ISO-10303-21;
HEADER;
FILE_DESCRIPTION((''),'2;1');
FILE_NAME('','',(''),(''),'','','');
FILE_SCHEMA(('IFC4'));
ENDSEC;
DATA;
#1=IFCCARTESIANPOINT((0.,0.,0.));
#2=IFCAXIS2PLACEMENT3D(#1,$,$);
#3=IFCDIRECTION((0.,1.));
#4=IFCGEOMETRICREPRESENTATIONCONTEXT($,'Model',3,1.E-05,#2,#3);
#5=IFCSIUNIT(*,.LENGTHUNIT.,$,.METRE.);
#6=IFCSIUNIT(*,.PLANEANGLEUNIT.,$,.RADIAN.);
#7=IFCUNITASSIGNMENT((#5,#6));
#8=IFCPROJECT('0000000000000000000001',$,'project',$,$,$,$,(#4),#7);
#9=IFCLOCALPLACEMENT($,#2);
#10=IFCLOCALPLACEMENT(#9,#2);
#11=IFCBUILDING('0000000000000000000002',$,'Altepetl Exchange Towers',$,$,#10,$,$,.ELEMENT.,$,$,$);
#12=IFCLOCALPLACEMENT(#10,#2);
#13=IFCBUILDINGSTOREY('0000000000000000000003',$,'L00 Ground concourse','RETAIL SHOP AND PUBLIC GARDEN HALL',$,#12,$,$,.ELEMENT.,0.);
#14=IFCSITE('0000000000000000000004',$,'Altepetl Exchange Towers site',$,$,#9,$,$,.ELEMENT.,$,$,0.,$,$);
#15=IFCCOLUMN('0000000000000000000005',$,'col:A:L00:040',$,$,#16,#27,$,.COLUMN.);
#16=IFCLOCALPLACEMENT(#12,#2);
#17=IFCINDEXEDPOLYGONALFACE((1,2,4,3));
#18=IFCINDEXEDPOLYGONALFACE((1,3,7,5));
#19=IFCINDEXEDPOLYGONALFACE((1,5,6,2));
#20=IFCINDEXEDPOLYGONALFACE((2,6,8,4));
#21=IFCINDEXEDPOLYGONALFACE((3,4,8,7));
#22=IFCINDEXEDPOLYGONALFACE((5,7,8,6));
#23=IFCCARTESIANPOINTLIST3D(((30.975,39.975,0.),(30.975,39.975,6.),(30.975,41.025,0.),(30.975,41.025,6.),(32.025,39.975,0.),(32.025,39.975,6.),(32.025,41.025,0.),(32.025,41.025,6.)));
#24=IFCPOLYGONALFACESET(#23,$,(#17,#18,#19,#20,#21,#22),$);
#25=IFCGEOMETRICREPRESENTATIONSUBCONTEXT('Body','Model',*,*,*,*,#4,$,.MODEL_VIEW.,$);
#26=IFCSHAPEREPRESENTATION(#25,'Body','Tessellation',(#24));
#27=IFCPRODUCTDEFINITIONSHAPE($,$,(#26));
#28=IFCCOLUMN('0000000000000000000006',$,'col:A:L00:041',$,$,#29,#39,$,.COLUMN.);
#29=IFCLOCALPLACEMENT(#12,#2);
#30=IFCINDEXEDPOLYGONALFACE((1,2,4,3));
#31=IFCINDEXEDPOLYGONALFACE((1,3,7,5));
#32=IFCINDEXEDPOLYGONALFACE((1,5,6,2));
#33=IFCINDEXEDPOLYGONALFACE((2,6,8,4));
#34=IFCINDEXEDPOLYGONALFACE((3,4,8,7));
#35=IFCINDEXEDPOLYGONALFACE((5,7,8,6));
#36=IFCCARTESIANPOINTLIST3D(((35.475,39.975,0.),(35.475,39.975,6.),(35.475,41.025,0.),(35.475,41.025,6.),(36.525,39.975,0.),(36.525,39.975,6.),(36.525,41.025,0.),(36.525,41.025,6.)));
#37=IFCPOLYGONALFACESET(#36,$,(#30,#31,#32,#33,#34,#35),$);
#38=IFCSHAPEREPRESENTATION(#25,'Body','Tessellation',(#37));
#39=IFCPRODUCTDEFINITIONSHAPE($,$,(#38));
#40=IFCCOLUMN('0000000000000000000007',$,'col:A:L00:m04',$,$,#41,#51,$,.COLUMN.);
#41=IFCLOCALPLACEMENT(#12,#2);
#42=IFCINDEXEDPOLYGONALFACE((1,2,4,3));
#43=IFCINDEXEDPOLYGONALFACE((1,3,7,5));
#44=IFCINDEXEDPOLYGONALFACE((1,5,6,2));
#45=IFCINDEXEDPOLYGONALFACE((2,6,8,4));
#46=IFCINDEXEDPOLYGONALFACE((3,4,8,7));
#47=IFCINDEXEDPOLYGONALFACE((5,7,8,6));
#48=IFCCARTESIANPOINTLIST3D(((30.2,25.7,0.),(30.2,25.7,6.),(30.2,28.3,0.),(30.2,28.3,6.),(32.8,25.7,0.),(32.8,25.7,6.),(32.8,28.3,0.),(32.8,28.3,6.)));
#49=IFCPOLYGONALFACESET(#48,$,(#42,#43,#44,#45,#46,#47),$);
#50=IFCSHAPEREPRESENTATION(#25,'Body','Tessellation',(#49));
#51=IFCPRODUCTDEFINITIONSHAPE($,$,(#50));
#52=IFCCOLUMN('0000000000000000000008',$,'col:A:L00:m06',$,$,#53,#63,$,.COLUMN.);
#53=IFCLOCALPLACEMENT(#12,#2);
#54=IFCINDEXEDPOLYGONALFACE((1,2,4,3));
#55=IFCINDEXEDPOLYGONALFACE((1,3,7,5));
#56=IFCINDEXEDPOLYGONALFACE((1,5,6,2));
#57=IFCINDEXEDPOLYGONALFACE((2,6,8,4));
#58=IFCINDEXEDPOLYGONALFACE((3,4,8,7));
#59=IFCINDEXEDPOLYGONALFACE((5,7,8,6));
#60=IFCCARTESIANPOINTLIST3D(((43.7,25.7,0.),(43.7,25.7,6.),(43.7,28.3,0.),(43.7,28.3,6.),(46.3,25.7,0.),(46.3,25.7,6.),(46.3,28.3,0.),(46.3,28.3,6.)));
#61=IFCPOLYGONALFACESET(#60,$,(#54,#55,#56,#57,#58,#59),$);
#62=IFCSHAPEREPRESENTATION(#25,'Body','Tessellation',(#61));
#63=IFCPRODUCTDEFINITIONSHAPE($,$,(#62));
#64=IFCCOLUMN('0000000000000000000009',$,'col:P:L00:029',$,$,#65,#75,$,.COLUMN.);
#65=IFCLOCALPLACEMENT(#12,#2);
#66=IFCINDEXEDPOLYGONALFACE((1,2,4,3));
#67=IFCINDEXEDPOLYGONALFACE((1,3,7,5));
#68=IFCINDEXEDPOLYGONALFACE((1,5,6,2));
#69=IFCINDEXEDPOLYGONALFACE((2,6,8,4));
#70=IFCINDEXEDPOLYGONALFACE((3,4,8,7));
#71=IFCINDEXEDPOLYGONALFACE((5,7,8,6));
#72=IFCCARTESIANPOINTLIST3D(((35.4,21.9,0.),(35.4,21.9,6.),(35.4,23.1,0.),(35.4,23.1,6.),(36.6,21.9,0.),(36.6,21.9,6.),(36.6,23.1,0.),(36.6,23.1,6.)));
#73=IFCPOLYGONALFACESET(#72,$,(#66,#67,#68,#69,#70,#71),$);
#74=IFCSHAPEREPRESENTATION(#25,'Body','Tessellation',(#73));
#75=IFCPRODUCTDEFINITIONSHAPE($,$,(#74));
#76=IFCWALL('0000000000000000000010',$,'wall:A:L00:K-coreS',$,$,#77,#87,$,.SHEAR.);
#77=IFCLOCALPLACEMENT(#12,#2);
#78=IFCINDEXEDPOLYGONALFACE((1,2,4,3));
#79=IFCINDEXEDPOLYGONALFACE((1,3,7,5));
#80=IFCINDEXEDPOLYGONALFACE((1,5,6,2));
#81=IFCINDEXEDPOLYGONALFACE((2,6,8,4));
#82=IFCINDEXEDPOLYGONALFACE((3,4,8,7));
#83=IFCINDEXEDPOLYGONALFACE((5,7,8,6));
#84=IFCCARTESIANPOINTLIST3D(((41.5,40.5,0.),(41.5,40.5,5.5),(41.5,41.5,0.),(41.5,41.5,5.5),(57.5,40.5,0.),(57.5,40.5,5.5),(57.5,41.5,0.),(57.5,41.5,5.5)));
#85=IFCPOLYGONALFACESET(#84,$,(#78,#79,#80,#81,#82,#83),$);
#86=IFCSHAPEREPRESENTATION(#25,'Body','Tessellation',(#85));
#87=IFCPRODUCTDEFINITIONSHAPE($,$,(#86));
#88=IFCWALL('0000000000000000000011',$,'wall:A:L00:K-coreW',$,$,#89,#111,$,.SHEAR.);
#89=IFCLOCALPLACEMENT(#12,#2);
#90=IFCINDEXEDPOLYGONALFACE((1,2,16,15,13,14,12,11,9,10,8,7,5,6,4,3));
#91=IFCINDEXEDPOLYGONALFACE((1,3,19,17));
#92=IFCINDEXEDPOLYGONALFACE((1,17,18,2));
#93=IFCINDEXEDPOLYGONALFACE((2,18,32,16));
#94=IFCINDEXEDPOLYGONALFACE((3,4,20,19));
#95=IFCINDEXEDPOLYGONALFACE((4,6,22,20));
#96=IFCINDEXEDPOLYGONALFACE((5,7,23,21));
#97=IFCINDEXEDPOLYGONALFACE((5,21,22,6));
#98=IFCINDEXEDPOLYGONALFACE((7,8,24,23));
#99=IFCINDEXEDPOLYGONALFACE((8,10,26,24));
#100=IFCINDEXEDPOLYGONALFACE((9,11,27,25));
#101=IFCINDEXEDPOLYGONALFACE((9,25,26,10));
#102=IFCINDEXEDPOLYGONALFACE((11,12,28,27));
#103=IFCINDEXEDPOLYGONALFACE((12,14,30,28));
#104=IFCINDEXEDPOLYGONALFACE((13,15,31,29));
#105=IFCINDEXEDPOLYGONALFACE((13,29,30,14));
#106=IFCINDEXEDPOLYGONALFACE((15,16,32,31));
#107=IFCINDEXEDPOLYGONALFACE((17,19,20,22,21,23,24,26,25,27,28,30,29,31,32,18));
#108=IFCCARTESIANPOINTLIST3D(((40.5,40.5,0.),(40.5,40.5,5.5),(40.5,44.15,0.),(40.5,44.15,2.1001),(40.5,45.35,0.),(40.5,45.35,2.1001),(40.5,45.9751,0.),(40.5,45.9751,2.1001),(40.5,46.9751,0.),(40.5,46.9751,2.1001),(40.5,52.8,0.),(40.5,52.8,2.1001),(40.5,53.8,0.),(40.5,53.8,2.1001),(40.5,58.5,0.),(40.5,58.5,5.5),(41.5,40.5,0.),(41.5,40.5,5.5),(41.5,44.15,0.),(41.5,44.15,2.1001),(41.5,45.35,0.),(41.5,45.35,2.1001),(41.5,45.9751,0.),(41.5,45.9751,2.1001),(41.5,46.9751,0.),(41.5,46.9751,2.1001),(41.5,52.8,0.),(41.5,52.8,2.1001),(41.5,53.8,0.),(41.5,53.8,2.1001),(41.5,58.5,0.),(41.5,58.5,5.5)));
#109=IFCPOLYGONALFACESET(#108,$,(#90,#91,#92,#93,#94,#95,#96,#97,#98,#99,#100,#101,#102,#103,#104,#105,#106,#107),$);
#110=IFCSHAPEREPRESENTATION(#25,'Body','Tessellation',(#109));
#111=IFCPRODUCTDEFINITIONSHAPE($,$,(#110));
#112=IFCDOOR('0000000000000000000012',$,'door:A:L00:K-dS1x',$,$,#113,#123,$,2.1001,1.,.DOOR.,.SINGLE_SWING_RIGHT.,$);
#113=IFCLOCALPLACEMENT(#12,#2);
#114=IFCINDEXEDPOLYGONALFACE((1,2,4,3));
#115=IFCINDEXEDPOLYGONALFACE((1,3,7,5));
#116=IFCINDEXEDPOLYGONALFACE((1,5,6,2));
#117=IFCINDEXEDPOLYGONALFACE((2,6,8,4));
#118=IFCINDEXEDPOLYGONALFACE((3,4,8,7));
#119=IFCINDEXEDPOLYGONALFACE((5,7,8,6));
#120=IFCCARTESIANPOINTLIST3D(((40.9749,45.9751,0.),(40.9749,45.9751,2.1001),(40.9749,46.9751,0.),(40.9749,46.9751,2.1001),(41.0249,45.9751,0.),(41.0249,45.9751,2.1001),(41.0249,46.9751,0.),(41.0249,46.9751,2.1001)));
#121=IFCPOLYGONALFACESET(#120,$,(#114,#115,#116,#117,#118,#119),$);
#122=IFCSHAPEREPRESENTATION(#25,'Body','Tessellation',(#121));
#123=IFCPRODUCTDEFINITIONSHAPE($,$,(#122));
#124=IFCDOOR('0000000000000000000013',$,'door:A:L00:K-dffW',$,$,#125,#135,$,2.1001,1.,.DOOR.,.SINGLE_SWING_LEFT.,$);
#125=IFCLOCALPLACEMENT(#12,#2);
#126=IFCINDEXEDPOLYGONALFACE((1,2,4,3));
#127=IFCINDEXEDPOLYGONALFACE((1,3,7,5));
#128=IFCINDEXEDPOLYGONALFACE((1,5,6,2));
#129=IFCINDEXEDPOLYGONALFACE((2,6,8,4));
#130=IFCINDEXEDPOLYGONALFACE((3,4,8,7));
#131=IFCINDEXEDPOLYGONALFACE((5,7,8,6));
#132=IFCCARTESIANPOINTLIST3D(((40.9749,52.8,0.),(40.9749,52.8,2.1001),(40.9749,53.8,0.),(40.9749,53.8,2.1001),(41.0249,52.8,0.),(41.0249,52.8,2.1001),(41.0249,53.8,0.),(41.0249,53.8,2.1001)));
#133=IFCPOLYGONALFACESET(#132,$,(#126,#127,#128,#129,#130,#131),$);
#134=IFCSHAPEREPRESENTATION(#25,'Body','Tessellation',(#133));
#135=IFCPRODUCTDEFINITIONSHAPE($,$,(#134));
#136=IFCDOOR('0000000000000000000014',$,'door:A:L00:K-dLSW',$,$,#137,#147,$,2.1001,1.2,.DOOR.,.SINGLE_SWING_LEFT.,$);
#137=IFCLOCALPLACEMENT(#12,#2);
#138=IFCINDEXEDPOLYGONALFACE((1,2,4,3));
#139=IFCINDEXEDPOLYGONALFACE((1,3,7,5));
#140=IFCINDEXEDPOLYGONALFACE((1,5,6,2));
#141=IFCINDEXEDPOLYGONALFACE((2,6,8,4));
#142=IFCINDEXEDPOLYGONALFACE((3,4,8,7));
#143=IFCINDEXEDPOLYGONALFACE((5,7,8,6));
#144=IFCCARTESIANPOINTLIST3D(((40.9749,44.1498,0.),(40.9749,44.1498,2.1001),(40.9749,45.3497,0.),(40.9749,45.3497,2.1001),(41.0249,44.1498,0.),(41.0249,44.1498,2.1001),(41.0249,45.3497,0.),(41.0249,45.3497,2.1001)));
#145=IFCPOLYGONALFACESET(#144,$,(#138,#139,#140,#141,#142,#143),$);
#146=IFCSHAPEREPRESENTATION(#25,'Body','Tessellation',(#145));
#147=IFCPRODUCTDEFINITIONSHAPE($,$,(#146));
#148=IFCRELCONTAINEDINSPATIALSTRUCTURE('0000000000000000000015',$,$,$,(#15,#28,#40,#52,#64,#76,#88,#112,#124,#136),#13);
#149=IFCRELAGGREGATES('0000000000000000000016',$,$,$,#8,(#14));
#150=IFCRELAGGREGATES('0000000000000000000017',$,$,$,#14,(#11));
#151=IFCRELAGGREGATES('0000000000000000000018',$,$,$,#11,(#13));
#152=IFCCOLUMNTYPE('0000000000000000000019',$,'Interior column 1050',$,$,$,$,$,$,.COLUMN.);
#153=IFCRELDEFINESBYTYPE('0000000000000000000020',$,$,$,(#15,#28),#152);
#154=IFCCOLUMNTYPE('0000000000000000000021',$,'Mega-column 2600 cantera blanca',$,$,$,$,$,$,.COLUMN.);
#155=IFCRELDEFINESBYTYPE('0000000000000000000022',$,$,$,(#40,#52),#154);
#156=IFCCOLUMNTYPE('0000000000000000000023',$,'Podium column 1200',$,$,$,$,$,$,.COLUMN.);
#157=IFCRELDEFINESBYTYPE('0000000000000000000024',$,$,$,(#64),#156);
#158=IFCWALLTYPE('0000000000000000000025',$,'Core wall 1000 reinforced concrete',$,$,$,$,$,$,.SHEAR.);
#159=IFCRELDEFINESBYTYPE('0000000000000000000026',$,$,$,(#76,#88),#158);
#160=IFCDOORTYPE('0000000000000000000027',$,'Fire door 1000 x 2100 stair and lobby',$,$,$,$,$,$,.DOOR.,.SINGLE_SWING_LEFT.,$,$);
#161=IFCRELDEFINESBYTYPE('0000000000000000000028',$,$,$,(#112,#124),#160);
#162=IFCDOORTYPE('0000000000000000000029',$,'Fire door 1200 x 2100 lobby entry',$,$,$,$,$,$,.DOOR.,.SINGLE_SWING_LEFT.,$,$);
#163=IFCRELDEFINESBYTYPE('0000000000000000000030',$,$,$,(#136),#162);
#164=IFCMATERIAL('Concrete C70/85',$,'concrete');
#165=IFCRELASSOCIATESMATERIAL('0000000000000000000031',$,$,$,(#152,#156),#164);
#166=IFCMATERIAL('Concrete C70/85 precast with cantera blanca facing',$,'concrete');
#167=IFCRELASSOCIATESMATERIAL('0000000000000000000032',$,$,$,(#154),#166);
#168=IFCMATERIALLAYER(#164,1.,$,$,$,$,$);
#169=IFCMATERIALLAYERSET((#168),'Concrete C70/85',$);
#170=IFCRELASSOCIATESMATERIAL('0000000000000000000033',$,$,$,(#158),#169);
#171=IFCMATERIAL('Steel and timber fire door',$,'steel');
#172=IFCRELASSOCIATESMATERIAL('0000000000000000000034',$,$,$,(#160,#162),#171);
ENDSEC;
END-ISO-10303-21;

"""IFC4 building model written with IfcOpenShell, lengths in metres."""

from ifc_helpers import new_model, si_unit, direction, frame, frame_2d, origin, origin_2d, place, context, subcontext, project, spatial, rectangle, extrude, material, layer, layer_set, material_profile, profile_set, type_object, element, fill, save


model = new_model("IFC4")

# Units and contexts
model_context = context("Model", 3, precision=1e-05, world=origin(), true_north=direction((0.0, 1.0)))
body_context = subcontext(model_context, "Body", "Model", "MODEL_VIEW")
ifc_project = project(units=[si_unit("LENGTHUNIT", "METRE"), si_unit("PLANEANGLEUNIT", "RADIAN")], contexts=[model_context])

# Site, building, storey
site_placement = place(None, origin())
site = spatial("IfcSite", under=ifc_project, at=site_placement, Name="Altepetl Exchange Towers site", CompositionType="ELEMENT", RefElevation=0.0)
building_placement = place(site_placement, origin())
building = spatial("IfcBuilding", under=site, at=building_placement, Name="Altepetl Exchange Towers", CompositionType="ELEMENT")
storey_placement = place(building_placement, origin())
storey = spatial("IfcBuildingStorey", under=building, at=storey_placement, Name="L00 Ground concourse", Description="RETAIL SHOP AND PUBLIC GARDEN HALL", CompositionType="ELEMENT", Elevation=0.0)

# Columns
ifc_material_1 = material(Name="Concrete C70/85", Category="concrete")
ifc_material_profile_1 = material_profile(ifc_material_1, rectangle(XDim=1.05, YDim=1.05, at=origin_2d()), Name="1050 x 1050")
ifc_profile_set_1 = profile_set([ifc_material_profile_1], Name="Concrete C70/85")
column_type_1 = type_object("IfcColumnType", Name="Interior column 1050", PredefinedType="COLUMN", material=ifc_profile_set_1)
for number, where, name in (
    (1, (31.5, 40.5, 0.0), "col:A:L00:040"),
    (2, (36.0, 40.5, 0.0), "col:A:L00:041"),
):
    element("IfcColumn", number, at=place(storey_placement, frame(where)), inside=storey, type_object=column_type_1, Name=name, PredefinedType="COLUMN", context=body_context, shape_type="SweptSolid", body=[
        extrude(rectangle(XDim=1.05, YDim=1.05, at=origin_2d()), origin(), (0.0, 0.0, 1.0), 6.0),
    ])
ifc_material_2 = material(Name="Concrete C70/85 precast with cantera blanca facing", Category="concrete")
ifc_material_profile_2 = material_profile(ifc_material_2, rectangle(XDim=2.6001, YDim=2.6001, at=origin_2d()), Name="2600 x 2600")
ifc_profile_set_2 = profile_set([ifc_material_profile_2], Name="Concrete C70/85 precast with cantera blanca facing")
column_type_2 = type_object("IfcColumnType", Name="Mega-column 2600 cantera blanca", PredefinedType="COLUMN", material=ifc_profile_set_2)
for number, where, name in (
    (3, (31.5, 27.0, 0.0), "col:A:L00:m04"),
    (4, (45.0, 27.0, 0.0), "col:A:L00:m06"),
):
    element("IfcColumn", number, at=place(storey_placement, frame(where)), inside=storey, type_object=column_type_2, Name=name, PredefinedType="COLUMN", context=body_context, shape_type="SweptSolid", body=[
        extrude(rectangle(XDim=2.6001, YDim=2.6001, at=origin_2d()), origin(), (0.0, 0.0, 1.0), 6.0),
    ])
ifc_material_profile_3 = material_profile(ifc_material_1, rectangle(XDim=1.2, YDim=1.2, at=origin_2d()), Name="1200 x 1200")
ifc_profile_set_3 = profile_set([ifc_material_profile_3], Name="Concrete C70/85")
column_type_3 = type_object("IfcColumnType", Name="Podium column 1200", PredefinedType="COLUMN", material=ifc_profile_set_3)
column_placement = place(storey_placement, frame((36.0, 22.5, 0.0)))
element("IfcColumn", 5, at=column_placement, inside=storey, type_object=column_type_3, Name="col:P:L00:029", PredefinedType="COLUMN", context=body_context, shape_type="SweptSolid", body=[
    extrude(rectangle(XDim=1.2, YDim=1.2, at=origin_2d()), origin(), (0.0, 0.0, 1.0), 6.0),
])

# Wall
ifc_layer_1 = layer(ifc_material_1, 1.0)
ifc_layer_set_1 = layer_set([ifc_layer_1], Name="Concrete C70/85")
wall_type_1 = type_object("IfcWallType", Name="Core wall 1000 reinforced concrete", PredefinedType="SHEAR", material=ifc_layer_set_1)
wall_1_placement = place(storey_placement, frame((41.5, 41.0, 0.0)))
element("IfcWall", 6, at=wall_1_placement, inside=storey, type_object=wall_type_1, Name="wall:A:L00:K-coreS", PredefinedType="SHEAR", context=body_context, shape_type="SweptSolid", body=[
    extrude(rectangle(XDim=16.0, YDim=1.0, at=frame_2d((8.0, 0.0))), origin(), (0.0, 0.0, 1.0), 5.5),
])

# Wall, openings, doors
wall_2_placement = place(storey_placement, frame((41.0, 40.5, 0.0), z_axis=(0.0, 0.0, 1.0), x_axis=(0.0, 1.0, 0.0)))
wall_2 = element("IfcWall", 7, at=wall_2_placement, inside=storey, type_object=wall_type_1, Name="wall:A:L00:K-coreW", PredefinedType="SHEAR", context=body_context, shape_type="SweptSolid", body=[
    extrude(rectangle(XDim=18.0, YDim=1.0, at=frame_2d((9.0, 0.0))), origin(), (0.0, 0.0, 1.0), 5.5),
])
opening_1_placement = place(wall_2_placement, frame((3.6499, 0.0, 0.0)))
opening_1 = element("IfcOpeningElement", 8, at=opening_1_placement, cuts=wall_2, PredefinedType="OPENING", context=body_context, shape_type="SweptSolid", body=[
    extrude(rectangle(XDim=1.2, YDim=2.1001, at=frame_2d((0.6001, 1.05))), frame((0.0, 0.51, 0.0), z_axis=(0.0, -1.0, 0.0), x_axis=(1.0, 0.0, 0.0)), (0.0, 0.0, 1.0), 1.02),
])
opening_2_placement = place(wall_2_placement, frame((5.4751, 0.0, 0.0)))
opening_2 = element("IfcOpeningElement", 9, at=opening_2_placement, cuts=wall_2, PredefinedType="OPENING", context=body_context, shape_type="SweptSolid", body=[
    extrude(rectangle(XDim=1.0, YDim=2.1001, at=frame_2d((0.5, 1.05))), frame((0.0, 0.51, 0.0), z_axis=(0.0, -1.0, 0.0), x_axis=(1.0, 0.0, 0.0)), (0.0, 0.0, 1.0), 1.02),
])
opening_3_placement = place(wall_2_placement, frame((12.3, 0.0, 0.0)))
opening_3 = element("IfcOpeningElement", 10, at=opening_3_placement, cuts=wall_2, PredefinedType="OPENING", context=body_context, shape_type="SweptSolid", body=[
    extrude(rectangle(XDim=1.0, YDim=2.1001, at=frame_2d((0.5, 1.05))), frame((0.0, 0.51, 0.0), z_axis=(0.0, -1.0, 0.0), x_axis=(1.0, 0.0, 0.0)), (0.0, 0.0, 1.0), 1.02),
])
ifc_material_3 = material(Name="Steel and timber fire door", Category="steel")
door_type_1 = type_object("IfcDoorType", Name="Fire door 1000 x 2100 stair and lobby", OperationType="SINGLE_SWING_LEFT", PredefinedType="DOOR", material=ifc_material_3)
door_1_placement = place(opening_2_placement, frame((1.0, 0.0, 0.0), x_axis=(-1.0, 0.0, 0.0)))
door_1 = element("IfcDoor", 11, at=door_1_placement, inside=storey, type_object=door_type_1, Name="door:A:L00:K-dS1x", OperationType="SINGLE_SWING_RIGHT", OverallHeight=2.1001, OverallWidth=1.0, PredefinedType="DOOR", context=body_context, shape_type="SweptSolid", body=[
    extrude(rectangle(XDim=1.0, YDim=2.1001, at=frame_2d((0.5, 1.05))), frame((0.0, 0.0249, 0.0), z_axis=(0.0, -1.0, 0.0), x_axis=(1.0, 0.0, 0.0)), (0.0, 0.0, 1.0), 0.05),
])
fill(opening_2, door_1)
door_2_placement = place(opening_3_placement, frame((1.0, 0.0, 0.0), x_axis=(-1.0, 0.0, 0.0)))
door_2 = element("IfcDoor", 12, at=door_2_placement, inside=storey, type_object=door_type_1, Name="door:A:L00:K-dffW", OperationType="SINGLE_SWING_LEFT", OverallHeight=2.1001, OverallWidth=1.0, PredefinedType="DOOR", context=body_context, shape_type="SweptSolid", body=[
    extrude(rectangle(XDim=1.0, YDim=2.1001, at=frame_2d((0.5, 1.05))), frame((0.0, 0.0249, 0.0), z_axis=(0.0, -1.0, 0.0), x_axis=(1.0, 0.0, 0.0)), (0.0, 0.0, 1.0), 0.05),
])
fill(opening_3, door_2)
door_type_2 = type_object("IfcDoorType", Name="Fire door 1200 x 2100 lobby entry", OperationType="SINGLE_SWING_LEFT", PredefinedType="DOOR", material=ifc_material_3)
door_3_placement = place(opening_1_placement, frame((1.2, 0.0, 0.0), x_axis=(-1.0, 0.0, 0.0)))
door_3 = element("IfcDoor", 13, at=door_3_placement, inside=storey, type_object=door_type_2, Name="door:A:L00:K-dLSW", OperationType="SINGLE_SWING_LEFT", OverallHeight=2.1001, OverallWidth=1.2, PredefinedType="DOOR", context=body_context, shape_type="SweptSolid", body=[
    extrude(rectangle(XDim=1.2, YDim=2.1001, at=frame_2d((0.6001, 1.05))), frame((0.0, 0.0249, 0.0), z_axis=(0.0, -1.0, 0.0), x_axis=(1.0, 0.0, 0.0)), (0.0, 0.0, 1.0), 0.05),
])
fill(opening_1, door_3)

save(model, "model.ifc")
